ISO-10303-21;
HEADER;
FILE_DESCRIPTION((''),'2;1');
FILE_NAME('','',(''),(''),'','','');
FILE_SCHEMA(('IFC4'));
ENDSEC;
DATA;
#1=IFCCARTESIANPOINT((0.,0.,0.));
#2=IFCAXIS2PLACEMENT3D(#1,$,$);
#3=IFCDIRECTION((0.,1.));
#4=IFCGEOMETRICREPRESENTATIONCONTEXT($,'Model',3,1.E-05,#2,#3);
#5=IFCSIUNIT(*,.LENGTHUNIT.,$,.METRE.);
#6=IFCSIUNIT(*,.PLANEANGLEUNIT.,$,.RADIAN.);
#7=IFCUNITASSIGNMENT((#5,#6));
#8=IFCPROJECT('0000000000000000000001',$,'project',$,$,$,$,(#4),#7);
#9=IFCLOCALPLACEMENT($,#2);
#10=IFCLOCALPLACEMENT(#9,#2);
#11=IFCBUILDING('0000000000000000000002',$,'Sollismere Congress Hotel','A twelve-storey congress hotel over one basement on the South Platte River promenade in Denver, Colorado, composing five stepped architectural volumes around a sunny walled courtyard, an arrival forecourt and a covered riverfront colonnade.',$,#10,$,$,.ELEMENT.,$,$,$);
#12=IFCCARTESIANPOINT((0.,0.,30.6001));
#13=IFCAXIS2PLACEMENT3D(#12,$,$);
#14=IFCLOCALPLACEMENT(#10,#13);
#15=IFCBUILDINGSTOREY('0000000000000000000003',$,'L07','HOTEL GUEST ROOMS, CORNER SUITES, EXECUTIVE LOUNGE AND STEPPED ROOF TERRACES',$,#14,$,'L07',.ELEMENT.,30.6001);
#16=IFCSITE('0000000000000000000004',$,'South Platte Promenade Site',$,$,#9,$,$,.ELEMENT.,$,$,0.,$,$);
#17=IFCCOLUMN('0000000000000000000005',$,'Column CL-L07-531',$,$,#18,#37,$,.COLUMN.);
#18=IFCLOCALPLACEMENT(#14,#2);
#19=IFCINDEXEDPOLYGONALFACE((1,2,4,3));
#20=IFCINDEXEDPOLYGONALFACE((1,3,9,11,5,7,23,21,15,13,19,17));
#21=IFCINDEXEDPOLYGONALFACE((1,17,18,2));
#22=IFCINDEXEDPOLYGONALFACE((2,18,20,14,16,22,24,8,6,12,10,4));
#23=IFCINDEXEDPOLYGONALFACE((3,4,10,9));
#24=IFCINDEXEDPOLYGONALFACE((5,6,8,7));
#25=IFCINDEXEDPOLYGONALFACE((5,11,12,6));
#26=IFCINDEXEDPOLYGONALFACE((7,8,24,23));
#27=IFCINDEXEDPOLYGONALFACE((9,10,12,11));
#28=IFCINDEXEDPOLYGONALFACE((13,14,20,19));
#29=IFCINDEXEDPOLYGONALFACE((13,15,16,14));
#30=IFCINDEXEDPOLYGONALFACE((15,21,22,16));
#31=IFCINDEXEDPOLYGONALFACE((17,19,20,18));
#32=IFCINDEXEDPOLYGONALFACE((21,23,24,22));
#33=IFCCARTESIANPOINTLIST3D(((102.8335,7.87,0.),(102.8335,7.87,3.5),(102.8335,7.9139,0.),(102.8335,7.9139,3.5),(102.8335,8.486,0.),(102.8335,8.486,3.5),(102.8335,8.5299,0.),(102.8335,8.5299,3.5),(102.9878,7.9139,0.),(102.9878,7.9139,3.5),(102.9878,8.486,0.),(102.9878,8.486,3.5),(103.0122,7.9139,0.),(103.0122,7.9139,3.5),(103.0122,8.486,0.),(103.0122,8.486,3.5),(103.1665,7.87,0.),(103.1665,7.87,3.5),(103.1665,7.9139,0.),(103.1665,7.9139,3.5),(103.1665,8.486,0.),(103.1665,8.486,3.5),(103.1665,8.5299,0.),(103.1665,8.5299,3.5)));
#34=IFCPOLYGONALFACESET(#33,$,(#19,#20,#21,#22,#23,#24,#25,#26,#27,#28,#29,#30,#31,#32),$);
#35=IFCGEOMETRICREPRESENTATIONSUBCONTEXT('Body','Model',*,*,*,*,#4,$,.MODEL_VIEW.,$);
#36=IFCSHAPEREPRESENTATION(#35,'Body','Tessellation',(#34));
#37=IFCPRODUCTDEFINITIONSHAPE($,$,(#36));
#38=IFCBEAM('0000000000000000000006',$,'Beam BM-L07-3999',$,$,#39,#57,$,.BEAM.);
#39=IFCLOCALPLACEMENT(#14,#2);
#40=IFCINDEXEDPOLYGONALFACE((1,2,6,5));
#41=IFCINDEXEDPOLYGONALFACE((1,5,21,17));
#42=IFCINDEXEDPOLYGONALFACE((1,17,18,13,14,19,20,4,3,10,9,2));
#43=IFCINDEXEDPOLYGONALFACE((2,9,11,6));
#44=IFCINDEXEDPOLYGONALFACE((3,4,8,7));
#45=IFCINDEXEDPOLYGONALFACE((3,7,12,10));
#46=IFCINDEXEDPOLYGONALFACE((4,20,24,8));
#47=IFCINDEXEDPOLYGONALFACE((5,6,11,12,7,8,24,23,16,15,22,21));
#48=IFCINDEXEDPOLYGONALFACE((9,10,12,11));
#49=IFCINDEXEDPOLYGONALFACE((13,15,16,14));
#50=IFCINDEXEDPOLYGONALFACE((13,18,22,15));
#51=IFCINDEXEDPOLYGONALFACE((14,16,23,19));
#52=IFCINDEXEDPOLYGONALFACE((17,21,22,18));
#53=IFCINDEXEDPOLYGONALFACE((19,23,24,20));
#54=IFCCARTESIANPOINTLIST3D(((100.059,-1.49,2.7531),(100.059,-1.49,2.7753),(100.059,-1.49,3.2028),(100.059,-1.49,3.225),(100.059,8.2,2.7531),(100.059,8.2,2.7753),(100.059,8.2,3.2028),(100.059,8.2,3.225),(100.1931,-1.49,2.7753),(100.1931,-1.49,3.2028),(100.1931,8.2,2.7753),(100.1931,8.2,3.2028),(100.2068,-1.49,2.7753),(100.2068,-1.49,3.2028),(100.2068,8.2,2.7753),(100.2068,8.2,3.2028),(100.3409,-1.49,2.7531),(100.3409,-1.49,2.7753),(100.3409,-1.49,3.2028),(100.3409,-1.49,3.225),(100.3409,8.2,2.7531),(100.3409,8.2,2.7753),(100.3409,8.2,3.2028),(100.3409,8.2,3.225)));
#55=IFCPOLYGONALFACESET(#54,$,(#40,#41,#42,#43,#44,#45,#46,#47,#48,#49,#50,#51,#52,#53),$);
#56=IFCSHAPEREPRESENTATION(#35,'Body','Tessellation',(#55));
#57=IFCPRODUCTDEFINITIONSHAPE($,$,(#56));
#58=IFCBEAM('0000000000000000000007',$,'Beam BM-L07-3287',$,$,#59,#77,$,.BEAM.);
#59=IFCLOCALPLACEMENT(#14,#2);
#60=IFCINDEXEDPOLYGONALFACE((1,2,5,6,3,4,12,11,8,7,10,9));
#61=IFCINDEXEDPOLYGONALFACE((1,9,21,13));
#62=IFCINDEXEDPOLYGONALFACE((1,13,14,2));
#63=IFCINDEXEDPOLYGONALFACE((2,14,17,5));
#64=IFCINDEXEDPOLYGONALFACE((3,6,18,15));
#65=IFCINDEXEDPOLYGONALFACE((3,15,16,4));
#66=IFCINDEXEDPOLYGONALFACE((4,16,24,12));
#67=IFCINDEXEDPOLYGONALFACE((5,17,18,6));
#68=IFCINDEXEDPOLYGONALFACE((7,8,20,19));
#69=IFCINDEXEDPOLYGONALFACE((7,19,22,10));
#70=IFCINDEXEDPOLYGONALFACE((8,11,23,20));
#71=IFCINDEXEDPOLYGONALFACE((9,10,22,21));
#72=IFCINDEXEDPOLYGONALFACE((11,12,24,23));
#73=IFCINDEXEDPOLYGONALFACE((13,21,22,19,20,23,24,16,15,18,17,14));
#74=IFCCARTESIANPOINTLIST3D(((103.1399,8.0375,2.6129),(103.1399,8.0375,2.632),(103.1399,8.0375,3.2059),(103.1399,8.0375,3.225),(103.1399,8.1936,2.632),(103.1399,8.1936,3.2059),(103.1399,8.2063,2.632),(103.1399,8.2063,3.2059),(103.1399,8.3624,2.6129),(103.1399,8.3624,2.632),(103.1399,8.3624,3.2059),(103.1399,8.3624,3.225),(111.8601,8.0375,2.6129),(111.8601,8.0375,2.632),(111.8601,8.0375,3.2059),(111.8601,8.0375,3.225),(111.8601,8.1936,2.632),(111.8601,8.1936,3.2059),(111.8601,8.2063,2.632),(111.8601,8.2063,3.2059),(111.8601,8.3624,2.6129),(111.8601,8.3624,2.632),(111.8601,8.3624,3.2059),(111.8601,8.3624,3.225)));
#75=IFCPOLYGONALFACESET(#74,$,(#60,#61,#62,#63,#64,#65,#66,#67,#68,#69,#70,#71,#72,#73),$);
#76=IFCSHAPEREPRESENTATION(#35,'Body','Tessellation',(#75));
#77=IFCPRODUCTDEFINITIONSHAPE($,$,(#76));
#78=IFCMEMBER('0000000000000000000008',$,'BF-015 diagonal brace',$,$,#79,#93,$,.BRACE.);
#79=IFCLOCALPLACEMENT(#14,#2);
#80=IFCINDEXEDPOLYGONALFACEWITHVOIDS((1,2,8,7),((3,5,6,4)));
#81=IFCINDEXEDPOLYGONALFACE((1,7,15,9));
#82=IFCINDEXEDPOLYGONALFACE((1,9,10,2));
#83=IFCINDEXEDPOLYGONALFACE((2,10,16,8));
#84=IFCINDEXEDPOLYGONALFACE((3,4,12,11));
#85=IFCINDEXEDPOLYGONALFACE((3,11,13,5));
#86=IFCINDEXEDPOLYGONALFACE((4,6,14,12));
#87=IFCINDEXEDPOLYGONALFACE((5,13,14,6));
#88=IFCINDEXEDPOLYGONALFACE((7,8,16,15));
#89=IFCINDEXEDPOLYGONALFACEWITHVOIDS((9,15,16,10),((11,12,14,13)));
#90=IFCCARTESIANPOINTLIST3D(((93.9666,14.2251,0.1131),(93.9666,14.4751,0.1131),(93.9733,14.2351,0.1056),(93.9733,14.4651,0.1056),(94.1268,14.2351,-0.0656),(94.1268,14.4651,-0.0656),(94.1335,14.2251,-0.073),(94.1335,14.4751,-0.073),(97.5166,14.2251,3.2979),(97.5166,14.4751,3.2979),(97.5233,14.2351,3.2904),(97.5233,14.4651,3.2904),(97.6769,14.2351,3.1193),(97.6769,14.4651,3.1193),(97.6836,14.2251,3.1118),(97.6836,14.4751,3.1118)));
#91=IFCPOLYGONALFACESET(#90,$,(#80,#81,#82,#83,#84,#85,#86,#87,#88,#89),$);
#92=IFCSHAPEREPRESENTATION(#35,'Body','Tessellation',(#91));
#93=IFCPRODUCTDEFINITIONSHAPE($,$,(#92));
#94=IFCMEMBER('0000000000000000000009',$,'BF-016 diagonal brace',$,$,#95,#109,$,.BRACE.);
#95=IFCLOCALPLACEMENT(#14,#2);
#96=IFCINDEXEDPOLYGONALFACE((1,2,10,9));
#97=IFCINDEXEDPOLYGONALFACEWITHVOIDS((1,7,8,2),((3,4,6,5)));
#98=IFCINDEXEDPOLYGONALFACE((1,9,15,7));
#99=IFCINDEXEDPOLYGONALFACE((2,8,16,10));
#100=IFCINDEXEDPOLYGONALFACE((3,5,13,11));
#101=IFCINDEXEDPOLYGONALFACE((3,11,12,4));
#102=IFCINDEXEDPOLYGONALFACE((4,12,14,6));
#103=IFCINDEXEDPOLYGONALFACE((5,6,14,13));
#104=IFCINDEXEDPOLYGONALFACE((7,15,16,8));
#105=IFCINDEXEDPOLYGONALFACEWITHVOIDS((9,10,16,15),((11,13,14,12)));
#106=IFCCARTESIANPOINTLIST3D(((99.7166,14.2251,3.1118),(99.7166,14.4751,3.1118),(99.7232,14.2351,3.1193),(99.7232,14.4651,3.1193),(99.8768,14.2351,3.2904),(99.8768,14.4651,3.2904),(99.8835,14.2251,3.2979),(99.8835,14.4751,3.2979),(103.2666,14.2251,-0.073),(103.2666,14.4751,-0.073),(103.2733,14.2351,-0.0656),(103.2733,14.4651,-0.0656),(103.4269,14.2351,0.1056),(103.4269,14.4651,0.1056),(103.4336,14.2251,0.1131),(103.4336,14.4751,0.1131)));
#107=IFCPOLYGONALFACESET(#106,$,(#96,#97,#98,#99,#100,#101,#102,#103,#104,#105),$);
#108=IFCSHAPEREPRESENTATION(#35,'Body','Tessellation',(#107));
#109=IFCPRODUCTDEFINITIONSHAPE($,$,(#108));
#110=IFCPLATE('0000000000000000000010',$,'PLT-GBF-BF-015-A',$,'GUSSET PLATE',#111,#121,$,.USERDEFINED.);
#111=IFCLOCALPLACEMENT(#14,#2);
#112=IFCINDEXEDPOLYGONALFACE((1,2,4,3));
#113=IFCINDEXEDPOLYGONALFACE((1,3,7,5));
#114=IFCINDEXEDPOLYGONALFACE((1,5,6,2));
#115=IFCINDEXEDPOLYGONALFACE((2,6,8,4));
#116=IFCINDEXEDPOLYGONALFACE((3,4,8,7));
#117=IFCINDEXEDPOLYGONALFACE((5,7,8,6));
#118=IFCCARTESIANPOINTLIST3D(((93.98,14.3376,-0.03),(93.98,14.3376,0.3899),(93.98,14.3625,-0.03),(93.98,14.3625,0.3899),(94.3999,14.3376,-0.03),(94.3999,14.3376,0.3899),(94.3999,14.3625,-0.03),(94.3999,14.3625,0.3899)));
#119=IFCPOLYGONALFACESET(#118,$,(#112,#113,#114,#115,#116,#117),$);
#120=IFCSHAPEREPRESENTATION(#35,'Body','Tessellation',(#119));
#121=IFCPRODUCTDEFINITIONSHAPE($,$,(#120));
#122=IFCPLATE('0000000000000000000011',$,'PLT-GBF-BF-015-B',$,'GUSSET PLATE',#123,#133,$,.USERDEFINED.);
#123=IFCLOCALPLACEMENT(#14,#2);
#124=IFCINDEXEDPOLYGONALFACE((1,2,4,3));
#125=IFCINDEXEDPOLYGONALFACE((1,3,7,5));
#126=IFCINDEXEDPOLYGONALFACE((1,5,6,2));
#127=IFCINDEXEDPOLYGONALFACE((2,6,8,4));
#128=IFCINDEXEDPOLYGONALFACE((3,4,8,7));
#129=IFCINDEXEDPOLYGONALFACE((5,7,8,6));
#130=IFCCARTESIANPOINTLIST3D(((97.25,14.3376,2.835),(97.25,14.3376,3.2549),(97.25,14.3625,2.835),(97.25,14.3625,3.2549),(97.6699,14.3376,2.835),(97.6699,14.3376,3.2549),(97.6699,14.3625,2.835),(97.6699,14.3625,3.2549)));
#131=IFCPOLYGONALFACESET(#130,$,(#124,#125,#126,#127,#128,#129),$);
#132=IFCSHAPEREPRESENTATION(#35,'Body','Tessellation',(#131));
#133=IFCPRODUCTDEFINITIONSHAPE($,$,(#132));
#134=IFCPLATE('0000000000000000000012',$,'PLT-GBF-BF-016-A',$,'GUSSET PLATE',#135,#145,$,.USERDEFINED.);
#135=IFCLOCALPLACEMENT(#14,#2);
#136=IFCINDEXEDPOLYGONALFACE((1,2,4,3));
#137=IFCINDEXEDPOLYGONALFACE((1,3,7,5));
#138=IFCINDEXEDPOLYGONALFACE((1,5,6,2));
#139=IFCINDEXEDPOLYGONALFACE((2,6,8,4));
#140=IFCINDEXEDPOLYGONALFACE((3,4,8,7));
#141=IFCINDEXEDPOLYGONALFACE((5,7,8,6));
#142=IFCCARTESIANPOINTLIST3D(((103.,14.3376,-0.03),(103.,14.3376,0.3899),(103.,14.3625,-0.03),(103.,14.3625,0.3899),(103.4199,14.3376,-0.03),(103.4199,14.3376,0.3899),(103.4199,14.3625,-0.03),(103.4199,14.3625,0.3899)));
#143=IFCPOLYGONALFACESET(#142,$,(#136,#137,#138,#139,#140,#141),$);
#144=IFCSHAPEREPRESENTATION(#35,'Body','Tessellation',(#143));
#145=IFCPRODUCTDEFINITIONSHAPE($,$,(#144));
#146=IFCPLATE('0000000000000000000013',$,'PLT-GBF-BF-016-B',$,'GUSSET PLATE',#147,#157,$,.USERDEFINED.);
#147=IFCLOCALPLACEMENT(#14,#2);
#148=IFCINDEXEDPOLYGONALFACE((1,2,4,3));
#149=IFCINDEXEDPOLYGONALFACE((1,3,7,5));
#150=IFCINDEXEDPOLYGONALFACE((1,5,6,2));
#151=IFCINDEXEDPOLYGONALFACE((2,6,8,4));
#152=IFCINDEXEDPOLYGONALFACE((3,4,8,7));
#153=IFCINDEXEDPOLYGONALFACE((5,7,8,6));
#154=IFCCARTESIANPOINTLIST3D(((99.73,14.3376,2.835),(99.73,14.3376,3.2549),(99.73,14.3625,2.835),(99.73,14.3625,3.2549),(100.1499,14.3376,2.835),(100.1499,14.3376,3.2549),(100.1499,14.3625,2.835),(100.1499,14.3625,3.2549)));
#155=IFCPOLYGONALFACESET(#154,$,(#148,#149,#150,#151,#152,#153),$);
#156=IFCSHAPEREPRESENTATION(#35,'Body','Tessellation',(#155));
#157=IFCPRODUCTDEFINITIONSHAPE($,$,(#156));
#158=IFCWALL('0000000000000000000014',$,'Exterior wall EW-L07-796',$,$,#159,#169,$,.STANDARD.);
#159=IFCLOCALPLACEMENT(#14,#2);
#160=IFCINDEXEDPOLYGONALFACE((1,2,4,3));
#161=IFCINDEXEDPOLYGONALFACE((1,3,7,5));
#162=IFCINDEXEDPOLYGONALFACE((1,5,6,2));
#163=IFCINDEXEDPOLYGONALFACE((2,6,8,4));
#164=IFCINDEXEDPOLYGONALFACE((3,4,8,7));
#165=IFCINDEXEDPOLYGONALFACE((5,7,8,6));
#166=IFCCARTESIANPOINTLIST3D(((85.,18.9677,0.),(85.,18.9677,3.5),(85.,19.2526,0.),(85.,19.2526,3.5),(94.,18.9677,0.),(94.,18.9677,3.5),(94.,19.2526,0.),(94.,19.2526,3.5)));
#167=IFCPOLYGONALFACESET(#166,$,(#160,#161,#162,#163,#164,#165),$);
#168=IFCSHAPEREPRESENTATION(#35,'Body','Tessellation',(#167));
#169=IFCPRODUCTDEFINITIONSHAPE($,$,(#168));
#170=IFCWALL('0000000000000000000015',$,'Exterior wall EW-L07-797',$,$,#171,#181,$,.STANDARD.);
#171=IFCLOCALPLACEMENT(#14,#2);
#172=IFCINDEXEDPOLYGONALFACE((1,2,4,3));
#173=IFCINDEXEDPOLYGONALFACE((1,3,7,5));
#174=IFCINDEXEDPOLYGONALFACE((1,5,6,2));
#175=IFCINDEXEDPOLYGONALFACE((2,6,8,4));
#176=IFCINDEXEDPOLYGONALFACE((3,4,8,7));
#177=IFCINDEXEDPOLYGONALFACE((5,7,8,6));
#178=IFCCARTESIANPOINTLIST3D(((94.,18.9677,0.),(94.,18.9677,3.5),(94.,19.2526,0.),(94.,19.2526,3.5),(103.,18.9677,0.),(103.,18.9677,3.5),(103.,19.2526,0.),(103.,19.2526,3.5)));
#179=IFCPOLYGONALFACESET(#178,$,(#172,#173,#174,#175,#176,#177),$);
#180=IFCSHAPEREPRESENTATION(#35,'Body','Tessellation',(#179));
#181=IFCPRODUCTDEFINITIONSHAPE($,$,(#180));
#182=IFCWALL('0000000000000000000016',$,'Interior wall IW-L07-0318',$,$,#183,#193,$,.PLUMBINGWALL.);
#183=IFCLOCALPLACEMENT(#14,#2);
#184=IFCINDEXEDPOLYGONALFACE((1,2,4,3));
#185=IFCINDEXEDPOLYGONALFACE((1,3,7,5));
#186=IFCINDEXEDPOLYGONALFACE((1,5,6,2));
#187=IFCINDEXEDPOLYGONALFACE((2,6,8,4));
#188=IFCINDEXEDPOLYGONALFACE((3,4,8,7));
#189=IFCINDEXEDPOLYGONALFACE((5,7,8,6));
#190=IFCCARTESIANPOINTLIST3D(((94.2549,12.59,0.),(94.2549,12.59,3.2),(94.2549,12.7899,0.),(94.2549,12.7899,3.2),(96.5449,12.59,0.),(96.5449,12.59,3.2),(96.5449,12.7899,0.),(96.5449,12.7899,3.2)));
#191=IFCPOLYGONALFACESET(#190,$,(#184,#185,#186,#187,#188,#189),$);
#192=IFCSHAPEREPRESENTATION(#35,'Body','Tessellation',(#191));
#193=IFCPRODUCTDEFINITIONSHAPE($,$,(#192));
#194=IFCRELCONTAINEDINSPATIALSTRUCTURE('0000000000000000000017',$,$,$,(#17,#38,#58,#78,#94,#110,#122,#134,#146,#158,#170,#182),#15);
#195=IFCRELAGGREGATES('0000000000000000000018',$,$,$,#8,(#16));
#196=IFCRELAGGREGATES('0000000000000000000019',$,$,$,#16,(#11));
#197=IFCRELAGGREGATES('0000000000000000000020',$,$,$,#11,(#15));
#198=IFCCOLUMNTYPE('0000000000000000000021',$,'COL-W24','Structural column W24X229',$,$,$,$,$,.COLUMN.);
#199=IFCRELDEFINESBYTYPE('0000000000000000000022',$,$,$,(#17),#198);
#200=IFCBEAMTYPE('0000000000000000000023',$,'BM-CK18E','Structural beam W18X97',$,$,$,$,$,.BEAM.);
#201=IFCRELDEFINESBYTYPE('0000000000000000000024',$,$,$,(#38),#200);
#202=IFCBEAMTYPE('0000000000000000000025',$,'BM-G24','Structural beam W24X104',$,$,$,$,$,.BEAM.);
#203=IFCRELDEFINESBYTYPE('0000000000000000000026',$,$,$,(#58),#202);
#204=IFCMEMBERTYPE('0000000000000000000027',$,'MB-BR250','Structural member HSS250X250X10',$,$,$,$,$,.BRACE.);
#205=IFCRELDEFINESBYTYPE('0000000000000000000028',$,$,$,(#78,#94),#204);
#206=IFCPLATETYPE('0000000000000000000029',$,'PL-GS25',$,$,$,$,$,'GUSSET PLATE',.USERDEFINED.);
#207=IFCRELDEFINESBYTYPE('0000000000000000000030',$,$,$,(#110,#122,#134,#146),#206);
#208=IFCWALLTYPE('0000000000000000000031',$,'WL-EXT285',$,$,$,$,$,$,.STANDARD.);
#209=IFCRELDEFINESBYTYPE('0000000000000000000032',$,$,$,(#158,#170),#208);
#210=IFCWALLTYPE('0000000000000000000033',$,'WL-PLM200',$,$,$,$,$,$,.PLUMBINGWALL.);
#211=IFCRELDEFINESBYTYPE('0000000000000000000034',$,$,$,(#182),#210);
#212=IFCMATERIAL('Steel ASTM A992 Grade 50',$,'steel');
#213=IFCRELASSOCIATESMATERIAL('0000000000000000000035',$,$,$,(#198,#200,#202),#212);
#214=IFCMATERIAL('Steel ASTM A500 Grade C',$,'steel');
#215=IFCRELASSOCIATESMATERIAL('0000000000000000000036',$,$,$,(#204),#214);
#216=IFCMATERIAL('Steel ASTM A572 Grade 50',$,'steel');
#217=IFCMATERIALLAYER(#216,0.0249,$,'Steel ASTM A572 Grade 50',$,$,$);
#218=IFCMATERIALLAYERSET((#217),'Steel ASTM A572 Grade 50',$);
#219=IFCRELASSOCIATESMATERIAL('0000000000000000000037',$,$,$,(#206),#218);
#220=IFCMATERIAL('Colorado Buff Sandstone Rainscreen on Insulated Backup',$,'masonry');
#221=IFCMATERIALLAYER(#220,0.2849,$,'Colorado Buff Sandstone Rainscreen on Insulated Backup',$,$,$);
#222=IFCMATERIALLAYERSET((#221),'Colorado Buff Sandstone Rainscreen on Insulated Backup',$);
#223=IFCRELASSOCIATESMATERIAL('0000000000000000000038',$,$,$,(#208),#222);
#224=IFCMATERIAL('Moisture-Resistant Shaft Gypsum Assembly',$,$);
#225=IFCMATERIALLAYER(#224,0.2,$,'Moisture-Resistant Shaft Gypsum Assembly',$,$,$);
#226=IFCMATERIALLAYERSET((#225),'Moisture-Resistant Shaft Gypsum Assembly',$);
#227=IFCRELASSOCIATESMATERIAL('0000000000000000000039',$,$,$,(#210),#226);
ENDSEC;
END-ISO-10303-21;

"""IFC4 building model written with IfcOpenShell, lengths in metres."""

from ifc_helpers import new_model, si_unit, direction, frame, frame_2d, origin, origin_2d, place, context, subcontext, project, spatial, rectangle, hollow_rectangle, i_section, extrude, material, layer, layer_set, material_profile, profile_set, type_object, element, save


model = new_model("IFC4")

# Units and contexts
model_context = context("Model", 3, precision=1e-05, world=origin(), true_north=direction((0.0, 1.0)))
body_context = subcontext(model_context, "Body", "Model", "MODEL_VIEW")
ifc_project = project(units=[si_unit("LENGTHUNIT", "METRE"), si_unit("PLANEANGLEUNIT", "RADIAN")], contexts=[model_context])

# Site, building, storey
site_placement = place(None, origin())
site = spatial("IfcSite", under=ifc_project, at=site_placement, Name="South Platte Promenade Site", CompositionType="ELEMENT", RefElevation=0.0)
building_placement = place(site_placement, origin())
building = spatial("IfcBuilding", under=site, at=building_placement, Name="Sollismere Congress Hotel", Description="A twelve-storey congress hotel over one basement on the South Platte River promenade in Denver, Colorado, composing five stepped architectural volumes around a sunny walled courtyard, an arrival forecourt and a covered riverfront colonnade.", CompositionType="ELEMENT")
storey_placement = place(building_placement, frame((0.0, 0.0, 30.6001)))
storey = spatial("IfcBuildingStorey", under=building, at=storey_placement, Name="L07", Description="HOTEL GUEST ROOMS, CORNER SUITES, EXECUTIVE LOUNGE AND STEPPED ROOF TERRACES", LongName="L07", CompositionType="ELEMENT", Elevation=30.6001)

# Column
ifc_material_1 = material(Name="Steel ASTM A992 Grade 50", Category="steel")
ifc_material_profile_1 = material_profile(ifc_material_1, i_section(OverallWidth=0.333, OverallDepth=0.6599, WebThickness=0.0244, FlangeThickness=0.0439, at=origin_2d()), Name="W24X229")
ifc_profile_set_1 = profile_set([ifc_material_profile_1], Name="Steel ASTM A992 Grade 50")
column_type = type_object("IfcColumnType", Name="COL-W24", Description="Structural column W24X229", PredefinedType="COLUMN", material=ifc_profile_set_1)
column_placement = place(storey_placement, frame((103.0, 8.2, 0.0), z_axis=(0.0, 0.0, 1.0), x_axis=(1.0, 0.0, 0.0)))
element("IfcColumn", 1, at=column_placement, inside=storey, type_object=column_type, Name="Column CL-L07-531", PredefinedType="COLUMN", context=body_context, shape_type="SweptSolid", body=[
    extrude(i_section(OverallWidth=0.333, OverallDepth=0.6599, WebThickness=0.0244, FlangeThickness=0.0439, at=origin_2d()), origin(), (0.0, 0.0, 1.0), 3.5),
])

# Beams
ifc_material_profile_2 = material_profile(ifc_material_1, i_section(OverallWidth=0.282, OverallDepth=0.4719, WebThickness=0.0137, FlangeThickness=0.0222, at=origin_2d()), Name="W18X97")
ifc_profile_set_2 = profile_set([ifc_material_profile_2], Name="Steel ASTM A992 Grade 50")
beam_type_1 = type_object("IfcBeamType", Name="BM-CK18E", Description="Structural beam W18X97", PredefinedType="BEAM", material=ifc_profile_set_2)
beam_1_placement = place(storey_placement, frame((100.2, 8.2, 2.989), z_axis=(0.0, -1.0, 0.0), x_axis=(1.0, 0.0, 0.0)))
element("IfcBeam", 2, at=beam_1_placement, inside=storey, type_object=beam_type_1, Name="Beam BM-L07-3999", PredefinedType="BEAM", context=body_context, shape_type="SweptSolid", body=[
    extrude(i_section(OverallWidth=0.282, OverallDepth=0.4719, WebThickness=0.0137, FlangeThickness=0.0222, at=origin_2d()), origin(), (0.0, 0.0, 1.0), 9.6899),
])
ifc_material_profile_3 = material_profile(ifc_material_1, i_section(OverallWidth=0.325, OverallDepth=0.6121, WebThickness=0.0127, FlangeThickness=0.019, at=origin_2d()), Name="W24X104")
ifc_profile_set_3 = profile_set([ifc_material_profile_3], Name="Steel ASTM A992 Grade 50")
beam_type_2 = type_object("IfcBeamType", Name="BM-G24", Description="Structural beam W24X104", PredefinedType="BEAM", material=ifc_profile_set_3)
beam_2_placement = place(storey_placement, frame((103.1399, 8.2, 2.9189), z_axis=(1.0, 0.0, 0.0), x_axis=(0.0, 1.0, 0.0)))
element("IfcBeam", 3, at=beam_2_placement, inside=storey, type_object=beam_type_2, Name="Beam BM-L07-3287", PredefinedType="BEAM", context=body_context, shape_type="SweptSolid", body=[
    extrude(i_section(OverallWidth=0.325, OverallDepth=0.6121, WebThickness=0.0127, FlangeThickness=0.019, at=origin_2d()), origin(), (0.0, 0.0, 1.0), 8.7202),
])

# Members
ifc_material_2 = material(Name="Steel ASTM A500 Grade C", Category="steel")
ifc_material_profile_4 = material_profile(ifc_material_2, hollow_rectangle(XDim=0.25, YDim=0.25, WallThickness=0.01, at=origin_2d()), Name="HSS250X250X10")
ifc_profile_set_4 = profile_set([ifc_material_profile_4], Name="Steel ASTM A500 Grade C")
member_type = type_object("IfcMemberType", Name="MB-BR250", Description="Structural member HSS250X250X10", PredefinedType="BRACE", material=ifc_profile_set_4)
for number, where, z_axis, x_axis, name in (
    (4, (94.05, 14.3501, 0.02), (0.74436, 0.0, 0.667779), (0.0, 1.0, 0.0), "BF-015 diagonal brace"),
    (5, (103.3501, 14.3501, 0.02), (-0.74436, 0.0, 0.667779), (0.0, -1.0, 0.0), "BF-016 diagonal brace"),
):
    element("IfcMember", number, at=place(storey_placement, frame(where, z_axis=z_axis, x_axis=x_axis)), inside=storey, type_object=member_type, Name=name, PredefinedType="BRACE", context=body_context, shape_type="SweptSolid", body=[
        extrude(hollow_rectangle(XDim=0.25, YDim=0.25, WallThickness=0.01, at=origin_2d()), origin(), (0.0, 0.0, 1.0), 4.7693),
    ])

# Plates
ifc_material_3 = material(Name="Steel ASTM A572 Grade 50", Category="steel")
ifc_layer_1 = layer(ifc_material_3, 0.0249, Name="Steel ASTM A572 Grade 50")
ifc_layer_set_1 = layer_set([ifc_layer_1], Name="Steel ASTM A572 Grade 50")
plate_type = type_object("IfcPlateType", Name="PL-GS25", ElementType="GUSSET PLATE", PredefinedType="USERDEFINED", material=ifc_layer_set_1)
for number, where, z_axis, x_axis, name in (
    (6, (94.1899, 14.3501, -0.03), (0.0, 0.0, 1.0), (1.0, 0.0, 0.0), "PLT-GBF-BF-015-A"),
    (7, (97.46, 14.3501, 2.835), (0.0, 0.0, 1.0), (1.0, 0.0, 0.0), "PLT-GBF-BF-015-B"),
    (8, (103.21, 14.3501, -0.03), (0.0, 0.0, 1.0), (1.0, 0.0, 0.0), "PLT-GBF-BF-016-A"),
    (9, (99.9399, 14.3501, 2.835), (0.0, 0.0, 1.0), (1.0, 0.0, 0.0), "PLT-GBF-BF-016-B"),
):
    element("IfcPlate", number, at=place(storey_placement, frame(where, z_axis=z_axis, x_axis=x_axis)), inside=storey, type_object=plate_type, Name=name, ObjectType="GUSSET PLATE", PredefinedType="USERDEFINED", context=body_context, shape_type="SweptSolid", body=[
        extrude(rectangle(XDim=0.4199, YDim=0.0249, at=origin_2d()), origin(), (0.0, 0.0, 1.0), 0.4199),
    ])

# Walls
ifc_material_4 = material(Name="Colorado Buff Sandstone Rainscreen on Insulated Backup", Category="masonry")
ifc_layer_2 = layer(ifc_material_4, 0.2849, Name="Colorado Buff Sandstone Rainscreen on Insulated Backup")
ifc_layer_set_2 = layer_set([ifc_layer_2], Name="Colorado Buff Sandstone Rainscreen on Insulated Backup")
wall_type_1 = type_object("IfcWallType", Name="WL-EXT285", PredefinedType="STANDARD", material=ifc_layer_set_2)
for number, where, z_axis, x_axis, name in (
    (10, (94.0, 19.1101, 0.0), (0.0, 0.0, 1.0), (-1.0, 0.0, 0.0), "Exterior wall EW-L07-796"),
    (11, (103.0, 19.1101, 0.0), (0.0, 0.0, 1.0), (-1.0, 0.0, 0.0), "Exterior wall EW-L07-797"),
):
    element("IfcWall", number, at=place(storey_placement, frame(where, z_axis=z_axis, x_axis=x_axis)), inside=storey, type_object=wall_type_1, Name=name, PredefinedType="STANDARD", context=body_context, shape_type="SweptSolid", body=[
        extrude(rectangle(XDim=9.0, YDim=0.2849, at=frame_2d((4.5, 0.0))), origin(), (0.0, 0.0, 1.0), 3.5),
    ])
ifc_material_5 = material(Name="Moisture-Resistant Shaft Gypsum Assembly")
ifc_layer_3 = layer(ifc_material_5, 0.2, Name="Moisture-Resistant Shaft Gypsum Assembly")
ifc_layer_set_3 = layer_set([ifc_layer_3], Name="Moisture-Resistant Shaft Gypsum Assembly")
wall_type_2 = type_object("IfcWallType", Name="WL-PLM200", PredefinedType="PLUMBINGWALL", material=ifc_layer_set_3)
wall_1_placement = place(storey_placement, frame((94.2549, 12.6899, 0.0), z_axis=(0.0, 0.0, 1.0), x_axis=(1.0, 0.0, 0.0)))
element("IfcWall", 12, at=wall_1_placement, inside=storey, type_object=wall_type_2, Name="Interior wall IW-L07-0318", PredefinedType="PLUMBINGWALL", context=body_context, shape_type="SweptSolid", body=[
    extrude(rectangle(XDim=2.29, YDim=0.2, at=frame_2d((1.145, 0.0))), origin(), (0.0, 0.0, 1.0), 3.2),
])

save(model, "model.ifc")
